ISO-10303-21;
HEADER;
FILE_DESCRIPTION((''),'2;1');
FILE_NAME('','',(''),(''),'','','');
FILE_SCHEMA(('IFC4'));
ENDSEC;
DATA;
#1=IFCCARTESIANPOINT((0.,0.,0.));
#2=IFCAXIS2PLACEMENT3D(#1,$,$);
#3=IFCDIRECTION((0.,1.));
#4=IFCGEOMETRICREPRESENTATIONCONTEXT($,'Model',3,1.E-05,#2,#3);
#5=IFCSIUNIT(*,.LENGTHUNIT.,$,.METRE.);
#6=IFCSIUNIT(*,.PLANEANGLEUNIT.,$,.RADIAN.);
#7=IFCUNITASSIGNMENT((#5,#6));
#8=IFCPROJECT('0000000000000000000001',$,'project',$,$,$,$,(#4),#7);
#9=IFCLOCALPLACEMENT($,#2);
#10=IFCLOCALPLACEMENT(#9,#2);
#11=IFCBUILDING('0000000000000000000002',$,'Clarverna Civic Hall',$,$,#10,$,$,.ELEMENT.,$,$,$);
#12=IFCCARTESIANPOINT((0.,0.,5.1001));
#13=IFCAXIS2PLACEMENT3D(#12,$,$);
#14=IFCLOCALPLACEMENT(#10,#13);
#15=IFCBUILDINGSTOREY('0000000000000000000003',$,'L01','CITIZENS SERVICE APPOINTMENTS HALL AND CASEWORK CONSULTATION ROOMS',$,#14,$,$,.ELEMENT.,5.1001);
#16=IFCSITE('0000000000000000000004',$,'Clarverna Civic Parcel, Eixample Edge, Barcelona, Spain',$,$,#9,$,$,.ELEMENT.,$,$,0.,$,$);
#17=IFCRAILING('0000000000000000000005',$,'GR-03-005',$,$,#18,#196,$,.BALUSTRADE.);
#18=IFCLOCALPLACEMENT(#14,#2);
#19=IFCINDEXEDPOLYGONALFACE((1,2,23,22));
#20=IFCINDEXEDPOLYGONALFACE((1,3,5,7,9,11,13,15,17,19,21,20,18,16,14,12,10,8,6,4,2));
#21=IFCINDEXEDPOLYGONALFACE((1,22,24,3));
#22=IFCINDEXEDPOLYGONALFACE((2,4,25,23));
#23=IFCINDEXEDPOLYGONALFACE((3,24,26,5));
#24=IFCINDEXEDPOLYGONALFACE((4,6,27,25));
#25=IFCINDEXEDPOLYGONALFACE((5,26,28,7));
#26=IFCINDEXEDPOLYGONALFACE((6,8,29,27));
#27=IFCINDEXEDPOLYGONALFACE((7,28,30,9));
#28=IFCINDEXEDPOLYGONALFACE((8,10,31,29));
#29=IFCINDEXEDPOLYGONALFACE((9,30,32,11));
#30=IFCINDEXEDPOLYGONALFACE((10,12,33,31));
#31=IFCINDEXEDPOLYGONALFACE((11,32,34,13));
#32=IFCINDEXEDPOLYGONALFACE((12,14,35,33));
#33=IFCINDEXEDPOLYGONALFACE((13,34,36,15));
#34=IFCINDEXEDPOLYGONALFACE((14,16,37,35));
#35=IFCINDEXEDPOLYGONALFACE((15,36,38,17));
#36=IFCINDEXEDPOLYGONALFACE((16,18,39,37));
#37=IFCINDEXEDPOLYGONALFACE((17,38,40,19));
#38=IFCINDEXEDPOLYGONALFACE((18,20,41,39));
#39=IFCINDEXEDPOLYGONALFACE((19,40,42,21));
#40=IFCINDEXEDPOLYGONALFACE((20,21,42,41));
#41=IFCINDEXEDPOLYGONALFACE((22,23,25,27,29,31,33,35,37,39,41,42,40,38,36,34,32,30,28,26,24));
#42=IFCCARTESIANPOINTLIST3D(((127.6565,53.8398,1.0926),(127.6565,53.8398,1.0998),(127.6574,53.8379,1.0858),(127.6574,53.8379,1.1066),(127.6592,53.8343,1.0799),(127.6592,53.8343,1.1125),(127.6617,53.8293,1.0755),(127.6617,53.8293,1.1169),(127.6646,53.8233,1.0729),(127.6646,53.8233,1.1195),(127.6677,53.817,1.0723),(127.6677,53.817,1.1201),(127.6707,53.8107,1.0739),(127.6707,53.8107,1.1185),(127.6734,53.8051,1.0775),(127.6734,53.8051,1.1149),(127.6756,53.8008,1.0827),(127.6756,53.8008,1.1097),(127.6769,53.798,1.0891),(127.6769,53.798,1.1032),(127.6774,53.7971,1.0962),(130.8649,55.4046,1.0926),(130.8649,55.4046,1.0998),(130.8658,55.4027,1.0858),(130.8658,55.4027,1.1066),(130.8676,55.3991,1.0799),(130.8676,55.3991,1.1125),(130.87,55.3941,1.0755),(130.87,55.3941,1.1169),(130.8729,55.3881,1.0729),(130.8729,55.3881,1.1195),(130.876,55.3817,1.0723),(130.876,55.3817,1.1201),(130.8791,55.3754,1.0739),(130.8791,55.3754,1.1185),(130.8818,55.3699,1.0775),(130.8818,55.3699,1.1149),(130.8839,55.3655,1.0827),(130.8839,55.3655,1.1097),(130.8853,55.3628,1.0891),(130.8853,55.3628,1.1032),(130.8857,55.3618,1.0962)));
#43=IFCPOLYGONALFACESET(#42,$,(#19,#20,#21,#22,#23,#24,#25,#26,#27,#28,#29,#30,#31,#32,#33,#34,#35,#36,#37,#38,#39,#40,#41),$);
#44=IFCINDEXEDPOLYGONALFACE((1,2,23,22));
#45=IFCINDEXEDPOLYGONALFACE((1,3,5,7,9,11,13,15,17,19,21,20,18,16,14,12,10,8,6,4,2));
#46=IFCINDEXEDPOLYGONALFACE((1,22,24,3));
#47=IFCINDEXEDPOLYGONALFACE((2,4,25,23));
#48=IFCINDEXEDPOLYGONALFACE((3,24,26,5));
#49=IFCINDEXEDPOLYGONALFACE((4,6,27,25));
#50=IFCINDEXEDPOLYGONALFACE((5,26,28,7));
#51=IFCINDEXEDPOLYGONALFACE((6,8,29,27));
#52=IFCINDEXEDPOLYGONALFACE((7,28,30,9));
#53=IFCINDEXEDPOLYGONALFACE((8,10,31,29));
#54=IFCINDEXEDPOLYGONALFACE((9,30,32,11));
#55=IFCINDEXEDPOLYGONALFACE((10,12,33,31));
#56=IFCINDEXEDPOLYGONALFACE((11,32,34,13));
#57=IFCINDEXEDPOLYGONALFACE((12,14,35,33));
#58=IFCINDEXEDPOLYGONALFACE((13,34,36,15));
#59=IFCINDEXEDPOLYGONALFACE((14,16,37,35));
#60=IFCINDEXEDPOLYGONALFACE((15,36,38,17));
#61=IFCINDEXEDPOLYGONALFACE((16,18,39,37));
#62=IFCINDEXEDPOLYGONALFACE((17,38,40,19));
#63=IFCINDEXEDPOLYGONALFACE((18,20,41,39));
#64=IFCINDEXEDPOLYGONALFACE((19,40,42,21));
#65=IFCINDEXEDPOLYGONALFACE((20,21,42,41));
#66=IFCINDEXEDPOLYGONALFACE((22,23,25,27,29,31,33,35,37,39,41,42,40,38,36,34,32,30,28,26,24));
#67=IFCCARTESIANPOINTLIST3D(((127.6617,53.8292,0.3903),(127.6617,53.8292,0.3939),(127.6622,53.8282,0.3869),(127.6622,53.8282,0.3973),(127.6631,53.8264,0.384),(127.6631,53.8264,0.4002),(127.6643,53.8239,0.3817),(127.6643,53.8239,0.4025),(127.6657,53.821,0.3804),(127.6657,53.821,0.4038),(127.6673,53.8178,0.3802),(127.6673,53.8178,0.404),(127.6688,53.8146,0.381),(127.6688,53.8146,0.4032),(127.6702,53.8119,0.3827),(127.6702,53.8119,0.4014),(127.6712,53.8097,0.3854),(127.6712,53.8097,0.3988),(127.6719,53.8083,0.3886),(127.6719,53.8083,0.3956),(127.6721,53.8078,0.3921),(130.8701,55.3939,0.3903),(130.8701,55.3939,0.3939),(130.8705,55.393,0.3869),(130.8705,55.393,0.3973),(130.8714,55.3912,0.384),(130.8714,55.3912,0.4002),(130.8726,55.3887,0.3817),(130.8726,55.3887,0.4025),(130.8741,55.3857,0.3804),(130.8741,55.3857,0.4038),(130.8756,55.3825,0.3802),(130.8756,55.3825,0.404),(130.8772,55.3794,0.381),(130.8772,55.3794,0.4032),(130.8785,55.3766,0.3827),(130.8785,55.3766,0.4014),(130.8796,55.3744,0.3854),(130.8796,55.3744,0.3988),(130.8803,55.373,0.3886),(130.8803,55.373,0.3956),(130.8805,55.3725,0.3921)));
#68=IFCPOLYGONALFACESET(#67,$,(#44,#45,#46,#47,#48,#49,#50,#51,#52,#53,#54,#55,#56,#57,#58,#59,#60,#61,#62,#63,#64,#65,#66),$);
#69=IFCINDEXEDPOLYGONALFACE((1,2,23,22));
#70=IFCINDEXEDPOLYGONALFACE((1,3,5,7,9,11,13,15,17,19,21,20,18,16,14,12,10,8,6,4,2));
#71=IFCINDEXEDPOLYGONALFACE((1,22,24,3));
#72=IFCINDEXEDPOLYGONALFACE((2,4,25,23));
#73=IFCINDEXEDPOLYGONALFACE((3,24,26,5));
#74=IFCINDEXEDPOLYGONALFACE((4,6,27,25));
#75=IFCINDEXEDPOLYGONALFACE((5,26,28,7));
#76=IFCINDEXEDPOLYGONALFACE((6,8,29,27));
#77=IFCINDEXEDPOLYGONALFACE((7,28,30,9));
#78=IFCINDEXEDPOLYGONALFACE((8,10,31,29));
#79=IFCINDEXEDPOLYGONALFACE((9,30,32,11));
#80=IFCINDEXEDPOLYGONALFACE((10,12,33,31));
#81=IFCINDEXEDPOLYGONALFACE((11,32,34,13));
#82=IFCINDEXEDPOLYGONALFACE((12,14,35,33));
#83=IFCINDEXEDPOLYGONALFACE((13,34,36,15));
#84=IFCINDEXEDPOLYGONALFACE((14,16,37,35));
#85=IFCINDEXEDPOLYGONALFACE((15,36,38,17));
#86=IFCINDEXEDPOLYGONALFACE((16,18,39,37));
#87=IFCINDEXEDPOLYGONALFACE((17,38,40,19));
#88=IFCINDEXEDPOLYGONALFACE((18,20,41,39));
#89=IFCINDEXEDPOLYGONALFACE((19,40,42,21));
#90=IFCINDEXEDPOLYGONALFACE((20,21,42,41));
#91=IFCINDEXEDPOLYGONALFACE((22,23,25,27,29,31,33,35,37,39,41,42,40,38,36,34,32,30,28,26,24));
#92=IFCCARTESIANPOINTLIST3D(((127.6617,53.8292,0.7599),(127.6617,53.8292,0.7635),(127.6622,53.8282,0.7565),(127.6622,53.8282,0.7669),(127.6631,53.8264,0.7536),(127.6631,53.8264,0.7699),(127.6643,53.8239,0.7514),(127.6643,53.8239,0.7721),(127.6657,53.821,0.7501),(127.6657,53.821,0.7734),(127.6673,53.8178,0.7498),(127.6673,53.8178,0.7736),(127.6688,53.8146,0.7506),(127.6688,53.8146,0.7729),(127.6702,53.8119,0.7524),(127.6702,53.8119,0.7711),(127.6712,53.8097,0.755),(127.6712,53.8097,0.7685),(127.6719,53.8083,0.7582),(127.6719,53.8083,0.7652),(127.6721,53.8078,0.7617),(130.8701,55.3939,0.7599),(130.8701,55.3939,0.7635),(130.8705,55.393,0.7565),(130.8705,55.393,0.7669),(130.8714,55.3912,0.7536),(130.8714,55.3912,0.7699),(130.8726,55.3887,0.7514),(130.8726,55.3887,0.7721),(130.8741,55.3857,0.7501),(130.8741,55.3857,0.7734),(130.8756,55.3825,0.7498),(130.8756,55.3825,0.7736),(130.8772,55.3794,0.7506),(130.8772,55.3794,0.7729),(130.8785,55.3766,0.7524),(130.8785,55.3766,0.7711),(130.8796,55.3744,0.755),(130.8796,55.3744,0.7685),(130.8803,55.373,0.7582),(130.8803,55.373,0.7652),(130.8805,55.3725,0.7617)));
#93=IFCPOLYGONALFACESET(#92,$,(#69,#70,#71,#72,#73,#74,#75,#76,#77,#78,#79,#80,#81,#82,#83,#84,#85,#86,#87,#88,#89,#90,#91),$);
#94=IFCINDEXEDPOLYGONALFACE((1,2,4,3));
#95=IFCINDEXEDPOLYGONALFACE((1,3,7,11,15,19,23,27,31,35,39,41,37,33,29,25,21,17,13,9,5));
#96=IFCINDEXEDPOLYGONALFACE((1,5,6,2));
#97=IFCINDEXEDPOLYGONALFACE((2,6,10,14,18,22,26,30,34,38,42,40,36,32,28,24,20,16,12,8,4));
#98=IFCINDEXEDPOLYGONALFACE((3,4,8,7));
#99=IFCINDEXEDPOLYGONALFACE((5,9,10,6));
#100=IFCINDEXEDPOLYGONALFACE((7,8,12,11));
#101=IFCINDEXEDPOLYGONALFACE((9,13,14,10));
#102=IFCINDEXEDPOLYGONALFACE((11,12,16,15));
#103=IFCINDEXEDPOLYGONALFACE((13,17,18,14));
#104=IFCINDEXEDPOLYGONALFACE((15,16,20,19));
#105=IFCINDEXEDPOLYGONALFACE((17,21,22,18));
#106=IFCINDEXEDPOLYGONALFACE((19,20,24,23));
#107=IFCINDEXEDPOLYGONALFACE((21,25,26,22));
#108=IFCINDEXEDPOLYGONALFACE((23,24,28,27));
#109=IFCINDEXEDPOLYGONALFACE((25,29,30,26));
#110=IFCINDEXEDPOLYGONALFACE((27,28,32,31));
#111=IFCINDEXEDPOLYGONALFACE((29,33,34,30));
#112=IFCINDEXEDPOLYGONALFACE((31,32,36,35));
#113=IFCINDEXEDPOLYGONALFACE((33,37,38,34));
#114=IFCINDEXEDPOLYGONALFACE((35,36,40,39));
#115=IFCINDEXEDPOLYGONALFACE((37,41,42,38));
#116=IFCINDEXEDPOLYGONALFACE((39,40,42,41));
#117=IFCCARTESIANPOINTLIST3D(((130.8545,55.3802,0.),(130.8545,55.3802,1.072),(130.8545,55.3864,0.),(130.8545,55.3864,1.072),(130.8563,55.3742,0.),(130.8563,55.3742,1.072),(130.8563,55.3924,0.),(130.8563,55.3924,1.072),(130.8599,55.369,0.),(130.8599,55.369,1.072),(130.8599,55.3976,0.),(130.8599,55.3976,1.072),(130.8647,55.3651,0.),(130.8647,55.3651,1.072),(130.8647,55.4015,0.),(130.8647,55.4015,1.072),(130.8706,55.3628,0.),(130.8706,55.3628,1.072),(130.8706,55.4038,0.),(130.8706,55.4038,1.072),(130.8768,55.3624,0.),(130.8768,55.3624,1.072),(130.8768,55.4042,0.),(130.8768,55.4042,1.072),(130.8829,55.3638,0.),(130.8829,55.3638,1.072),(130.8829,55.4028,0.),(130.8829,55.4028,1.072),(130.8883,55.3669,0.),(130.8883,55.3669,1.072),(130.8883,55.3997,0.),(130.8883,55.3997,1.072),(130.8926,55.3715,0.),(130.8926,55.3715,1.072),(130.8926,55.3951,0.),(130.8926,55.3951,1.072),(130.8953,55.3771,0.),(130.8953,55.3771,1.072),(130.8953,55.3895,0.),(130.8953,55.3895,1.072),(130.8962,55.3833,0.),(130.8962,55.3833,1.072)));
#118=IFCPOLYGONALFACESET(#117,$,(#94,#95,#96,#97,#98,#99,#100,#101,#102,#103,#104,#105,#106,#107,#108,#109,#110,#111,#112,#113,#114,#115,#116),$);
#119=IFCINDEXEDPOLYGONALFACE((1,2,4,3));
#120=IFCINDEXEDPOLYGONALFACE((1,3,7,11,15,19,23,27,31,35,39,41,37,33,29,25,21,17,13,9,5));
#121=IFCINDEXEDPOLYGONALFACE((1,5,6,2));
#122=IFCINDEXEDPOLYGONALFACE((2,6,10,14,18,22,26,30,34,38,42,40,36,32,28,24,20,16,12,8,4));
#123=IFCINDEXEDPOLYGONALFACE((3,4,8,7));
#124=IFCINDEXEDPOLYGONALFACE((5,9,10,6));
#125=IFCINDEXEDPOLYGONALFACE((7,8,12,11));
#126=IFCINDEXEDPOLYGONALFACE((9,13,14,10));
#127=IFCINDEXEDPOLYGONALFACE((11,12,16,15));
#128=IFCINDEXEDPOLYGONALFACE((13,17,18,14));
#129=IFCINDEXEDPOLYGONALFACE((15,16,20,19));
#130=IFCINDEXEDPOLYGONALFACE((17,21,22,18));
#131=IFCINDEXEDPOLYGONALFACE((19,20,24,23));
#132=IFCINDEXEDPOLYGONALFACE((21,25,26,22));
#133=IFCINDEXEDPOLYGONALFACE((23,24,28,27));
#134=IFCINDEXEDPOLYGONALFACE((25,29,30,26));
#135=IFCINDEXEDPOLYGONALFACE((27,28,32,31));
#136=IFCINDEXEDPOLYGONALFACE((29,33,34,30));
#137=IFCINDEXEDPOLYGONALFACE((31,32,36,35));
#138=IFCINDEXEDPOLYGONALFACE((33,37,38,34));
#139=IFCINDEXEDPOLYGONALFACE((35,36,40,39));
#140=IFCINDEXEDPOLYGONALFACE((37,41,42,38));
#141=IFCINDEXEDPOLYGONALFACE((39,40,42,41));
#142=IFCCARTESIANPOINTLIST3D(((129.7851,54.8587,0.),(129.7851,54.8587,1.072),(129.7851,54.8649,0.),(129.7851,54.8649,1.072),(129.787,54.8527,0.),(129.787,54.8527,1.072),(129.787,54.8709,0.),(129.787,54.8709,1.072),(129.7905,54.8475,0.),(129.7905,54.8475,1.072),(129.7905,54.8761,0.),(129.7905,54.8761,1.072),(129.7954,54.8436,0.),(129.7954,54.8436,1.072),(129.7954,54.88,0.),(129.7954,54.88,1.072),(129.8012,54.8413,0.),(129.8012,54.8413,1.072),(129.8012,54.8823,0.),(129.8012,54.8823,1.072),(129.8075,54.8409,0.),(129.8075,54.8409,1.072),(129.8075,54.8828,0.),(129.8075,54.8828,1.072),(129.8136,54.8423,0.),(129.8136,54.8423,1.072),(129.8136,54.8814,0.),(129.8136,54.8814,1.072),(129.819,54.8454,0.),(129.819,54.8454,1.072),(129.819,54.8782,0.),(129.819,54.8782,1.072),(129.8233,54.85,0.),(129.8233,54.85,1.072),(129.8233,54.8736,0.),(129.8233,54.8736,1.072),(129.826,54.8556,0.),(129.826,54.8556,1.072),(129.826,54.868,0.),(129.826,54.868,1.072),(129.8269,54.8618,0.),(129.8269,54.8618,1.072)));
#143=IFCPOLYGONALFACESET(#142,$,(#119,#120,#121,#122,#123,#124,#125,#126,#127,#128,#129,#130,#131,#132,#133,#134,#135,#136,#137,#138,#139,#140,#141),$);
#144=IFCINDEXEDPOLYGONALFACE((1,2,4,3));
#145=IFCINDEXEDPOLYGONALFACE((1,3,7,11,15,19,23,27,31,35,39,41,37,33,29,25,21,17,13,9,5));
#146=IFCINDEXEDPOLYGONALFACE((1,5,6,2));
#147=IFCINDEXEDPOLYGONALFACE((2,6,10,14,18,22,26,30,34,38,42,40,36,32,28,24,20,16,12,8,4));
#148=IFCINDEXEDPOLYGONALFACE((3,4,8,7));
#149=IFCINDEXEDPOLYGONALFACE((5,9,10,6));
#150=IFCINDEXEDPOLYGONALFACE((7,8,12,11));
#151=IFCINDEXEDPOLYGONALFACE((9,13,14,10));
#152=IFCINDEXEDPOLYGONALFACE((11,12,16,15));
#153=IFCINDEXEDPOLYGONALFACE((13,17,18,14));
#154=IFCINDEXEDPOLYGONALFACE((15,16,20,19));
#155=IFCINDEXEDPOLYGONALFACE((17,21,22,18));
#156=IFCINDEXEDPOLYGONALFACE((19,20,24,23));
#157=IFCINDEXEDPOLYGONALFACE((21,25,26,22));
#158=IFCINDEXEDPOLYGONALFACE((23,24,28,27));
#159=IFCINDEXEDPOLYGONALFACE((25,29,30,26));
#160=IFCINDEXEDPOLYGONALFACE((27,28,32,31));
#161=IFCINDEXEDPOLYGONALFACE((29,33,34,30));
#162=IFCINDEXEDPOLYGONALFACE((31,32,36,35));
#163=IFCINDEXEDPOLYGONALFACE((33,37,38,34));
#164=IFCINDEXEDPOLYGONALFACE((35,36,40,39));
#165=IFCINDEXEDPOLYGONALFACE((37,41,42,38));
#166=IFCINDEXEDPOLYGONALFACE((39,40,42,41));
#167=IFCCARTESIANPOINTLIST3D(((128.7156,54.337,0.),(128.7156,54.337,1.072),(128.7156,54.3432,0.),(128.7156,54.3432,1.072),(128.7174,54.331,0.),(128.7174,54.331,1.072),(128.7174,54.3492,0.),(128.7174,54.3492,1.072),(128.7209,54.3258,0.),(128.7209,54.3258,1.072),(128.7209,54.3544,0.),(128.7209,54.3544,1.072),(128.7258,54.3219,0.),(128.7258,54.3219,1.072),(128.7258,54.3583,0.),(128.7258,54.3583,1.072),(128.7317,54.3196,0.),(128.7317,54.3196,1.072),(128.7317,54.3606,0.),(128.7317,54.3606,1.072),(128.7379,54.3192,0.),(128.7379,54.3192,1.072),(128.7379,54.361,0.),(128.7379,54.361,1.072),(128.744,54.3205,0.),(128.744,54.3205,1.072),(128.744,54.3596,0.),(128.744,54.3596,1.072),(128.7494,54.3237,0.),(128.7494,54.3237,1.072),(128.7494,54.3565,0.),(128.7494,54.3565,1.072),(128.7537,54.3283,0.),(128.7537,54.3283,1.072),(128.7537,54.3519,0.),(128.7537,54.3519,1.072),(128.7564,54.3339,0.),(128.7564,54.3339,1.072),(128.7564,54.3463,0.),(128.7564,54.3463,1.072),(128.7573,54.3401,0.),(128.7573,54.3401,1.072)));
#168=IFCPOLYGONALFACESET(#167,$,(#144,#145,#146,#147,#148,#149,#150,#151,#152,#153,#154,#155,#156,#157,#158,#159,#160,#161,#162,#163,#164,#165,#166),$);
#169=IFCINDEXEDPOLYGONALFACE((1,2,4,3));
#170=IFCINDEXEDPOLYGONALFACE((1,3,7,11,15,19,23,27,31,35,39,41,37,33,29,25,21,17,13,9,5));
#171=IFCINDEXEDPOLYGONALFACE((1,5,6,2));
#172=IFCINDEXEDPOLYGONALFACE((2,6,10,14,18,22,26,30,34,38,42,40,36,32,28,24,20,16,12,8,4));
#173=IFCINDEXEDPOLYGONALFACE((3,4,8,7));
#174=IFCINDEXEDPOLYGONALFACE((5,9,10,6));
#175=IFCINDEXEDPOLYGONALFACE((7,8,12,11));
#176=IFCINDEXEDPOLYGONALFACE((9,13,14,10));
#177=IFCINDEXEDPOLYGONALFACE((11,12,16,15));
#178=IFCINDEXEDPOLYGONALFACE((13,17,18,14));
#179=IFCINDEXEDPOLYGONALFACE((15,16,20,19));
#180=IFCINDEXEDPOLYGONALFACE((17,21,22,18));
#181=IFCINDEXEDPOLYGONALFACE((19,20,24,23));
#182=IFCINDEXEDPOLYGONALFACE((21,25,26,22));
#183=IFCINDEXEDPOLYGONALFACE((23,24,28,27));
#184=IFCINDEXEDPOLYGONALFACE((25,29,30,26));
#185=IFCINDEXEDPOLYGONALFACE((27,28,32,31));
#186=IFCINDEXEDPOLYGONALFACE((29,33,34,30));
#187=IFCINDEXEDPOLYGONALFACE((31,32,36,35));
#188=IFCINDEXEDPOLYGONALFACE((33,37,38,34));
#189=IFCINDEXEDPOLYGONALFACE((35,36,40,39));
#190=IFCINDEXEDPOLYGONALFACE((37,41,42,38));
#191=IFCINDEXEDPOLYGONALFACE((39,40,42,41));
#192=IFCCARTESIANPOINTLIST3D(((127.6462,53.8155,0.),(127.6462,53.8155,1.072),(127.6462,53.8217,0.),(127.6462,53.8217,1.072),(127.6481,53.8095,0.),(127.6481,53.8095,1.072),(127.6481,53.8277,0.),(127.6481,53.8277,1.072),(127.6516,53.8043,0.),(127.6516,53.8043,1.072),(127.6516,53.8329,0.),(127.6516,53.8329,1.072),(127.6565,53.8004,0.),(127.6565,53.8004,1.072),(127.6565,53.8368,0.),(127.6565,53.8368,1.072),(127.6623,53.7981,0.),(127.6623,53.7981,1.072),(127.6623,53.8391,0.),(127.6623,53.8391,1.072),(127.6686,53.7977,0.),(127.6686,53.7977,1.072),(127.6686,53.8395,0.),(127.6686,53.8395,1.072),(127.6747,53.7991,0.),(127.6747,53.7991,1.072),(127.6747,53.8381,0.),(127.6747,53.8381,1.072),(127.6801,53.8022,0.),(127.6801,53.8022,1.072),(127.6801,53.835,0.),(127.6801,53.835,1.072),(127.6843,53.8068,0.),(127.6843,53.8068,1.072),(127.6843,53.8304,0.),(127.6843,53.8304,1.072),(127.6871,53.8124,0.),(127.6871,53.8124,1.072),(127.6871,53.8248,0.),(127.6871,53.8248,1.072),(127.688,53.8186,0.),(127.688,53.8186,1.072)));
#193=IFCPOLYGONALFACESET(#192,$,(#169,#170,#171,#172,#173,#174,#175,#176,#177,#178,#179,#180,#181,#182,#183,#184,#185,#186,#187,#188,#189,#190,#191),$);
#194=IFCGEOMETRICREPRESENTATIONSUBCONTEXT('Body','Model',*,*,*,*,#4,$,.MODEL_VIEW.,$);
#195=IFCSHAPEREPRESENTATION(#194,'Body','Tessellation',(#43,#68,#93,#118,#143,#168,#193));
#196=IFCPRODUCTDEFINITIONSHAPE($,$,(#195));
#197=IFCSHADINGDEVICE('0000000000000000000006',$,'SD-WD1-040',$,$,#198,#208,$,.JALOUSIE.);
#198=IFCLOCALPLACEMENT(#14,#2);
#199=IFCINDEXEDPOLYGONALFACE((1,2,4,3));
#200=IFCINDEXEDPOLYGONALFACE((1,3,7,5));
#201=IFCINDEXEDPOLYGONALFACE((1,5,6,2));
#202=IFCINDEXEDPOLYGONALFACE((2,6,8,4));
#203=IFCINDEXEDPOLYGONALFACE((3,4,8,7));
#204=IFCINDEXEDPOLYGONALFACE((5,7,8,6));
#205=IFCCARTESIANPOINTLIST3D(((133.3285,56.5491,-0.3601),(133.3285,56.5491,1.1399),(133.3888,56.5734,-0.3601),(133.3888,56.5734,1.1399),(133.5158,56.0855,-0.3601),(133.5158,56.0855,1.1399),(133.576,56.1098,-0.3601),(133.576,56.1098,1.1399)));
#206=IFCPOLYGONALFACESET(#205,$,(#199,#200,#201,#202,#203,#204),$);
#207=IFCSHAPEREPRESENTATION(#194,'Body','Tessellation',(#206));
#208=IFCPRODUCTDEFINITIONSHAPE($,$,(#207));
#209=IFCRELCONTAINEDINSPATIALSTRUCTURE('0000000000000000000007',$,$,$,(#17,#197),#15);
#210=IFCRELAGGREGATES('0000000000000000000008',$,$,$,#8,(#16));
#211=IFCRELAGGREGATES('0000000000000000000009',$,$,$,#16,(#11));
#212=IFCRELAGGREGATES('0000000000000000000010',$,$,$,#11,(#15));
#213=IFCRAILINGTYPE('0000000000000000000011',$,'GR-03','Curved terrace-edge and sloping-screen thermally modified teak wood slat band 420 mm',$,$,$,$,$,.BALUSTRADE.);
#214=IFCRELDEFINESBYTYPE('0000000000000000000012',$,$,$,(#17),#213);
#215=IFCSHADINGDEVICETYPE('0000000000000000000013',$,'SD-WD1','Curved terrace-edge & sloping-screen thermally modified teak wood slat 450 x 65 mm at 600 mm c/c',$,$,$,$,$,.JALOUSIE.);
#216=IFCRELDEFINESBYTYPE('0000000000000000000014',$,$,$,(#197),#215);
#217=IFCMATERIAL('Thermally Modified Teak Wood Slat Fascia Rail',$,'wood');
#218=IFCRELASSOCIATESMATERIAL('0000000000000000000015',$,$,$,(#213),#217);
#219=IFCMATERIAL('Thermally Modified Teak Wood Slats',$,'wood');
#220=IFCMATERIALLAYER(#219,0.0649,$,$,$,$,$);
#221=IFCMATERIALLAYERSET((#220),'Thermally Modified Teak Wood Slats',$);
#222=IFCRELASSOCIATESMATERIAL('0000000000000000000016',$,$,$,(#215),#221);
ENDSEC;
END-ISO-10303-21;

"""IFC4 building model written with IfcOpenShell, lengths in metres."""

from ifc_helpers import new_model, si_unit, direction, frame, frame_2d, origin, origin_2d, place, context, subcontext, project, spatial, rectangle, circle, extrude, material, layer, layer_set, type_object, element, save


model = new_model("IFC4")

# Units and contexts
model_context = context("Model", 3, precision=1e-05, world=origin(), true_north=direction((0.0, 1.0)))
body_context = subcontext(model_context, "Body", "Model", "MODEL_VIEW")
ifc_project = project(units=[si_unit("LENGTHUNIT", "METRE"), si_unit("PLANEANGLEUNIT", "RADIAN")], contexts=[model_context])

# Site, building, storey
site_placement = place(None, origin())
site = spatial("IfcSite", under=ifc_project, at=site_placement, Name="Clarverna Civic Parcel, Eixample Edge, Barcelona, Spain", CompositionType="ELEMENT", RefElevation=0.0)
building_placement = place(site_placement, origin())
building = spatial("IfcBuilding", under=site, at=building_placement, Name="Clarverna Civic Hall", CompositionType="ELEMENT")
storey_placement = place(building_placement, frame((0.0, 0.0, 5.1001)))
storey = spatial("IfcBuildingStorey", under=building, at=storey_placement, Name="L01", Description="CITIZENS SERVICE APPOINTMENTS HALL AND CASEWORK CONSULTATION ROOMS", CompositionType="ELEMENT", Elevation=5.1001)

# Railing
ifc_material_1 = material(Name="Thermally Modified Teak Wood Slat Fascia Rail", Category="wood")
railing_type_1 = type_object("IfcRailingType", Name="GR-03", Description="Curved terrace-edge and sloping-screen thermally modified teak wood slat band 420 mm", PredefinedType="BALUSTRADE", material=ifc_material_1)
railing_1_placement = place(storey_placement, frame((130.8752, 55.3833, 0.0)))
element("IfcRailing", 1, at=railing_1_placement, inside=storey, type_object=railing_type_1, Name="GR-03-005", PredefinedType="BALUSTRADE", context=body_context, shape_type="SweptSolid", body=[
    extrude(circle(Radius=0.0239, at=origin_2d()), frame((0.0, 0.0, 1.0962), z_axis=(-0.898802, -0.438355, 0.0), x_axis=(0.438355, -0.898802, 0.0)), (0.0, 0.0, 1.0), 3.5696),
    extrude(circle(Radius=0.012, at=origin_2d()), frame((0.0, 0.0, 0.3921), z_axis=(-0.898802, -0.438355, 0.0), x_axis=(0.438355, -0.898802, 0.0)), (0.0, 0.0, 1.0), 3.5696),
    extrude(circle(Radius=0.012, at=origin_2d()), frame((0.0, 0.0, 0.7617), z_axis=(-0.898802, -0.438355, 0.0), x_axis=(0.438355, -0.898802, 0.0)), (0.0, 0.0, 1.0), 3.5696),
    extrude(circle(Radius=0.021, at=origin_2d()), origin(), (0.0, 0.0, 1.0), 1.072),
    extrude(circle(Radius=0.021, at=origin_2d()), frame((-1.0693, -0.5215, 0.0)), (0.0, 0.0, 1.0), 1.072),
    extrude(circle(Radius=0.021, at=origin_2d()), frame((-2.1389, -1.0432, 0.0)), (0.0, 0.0, 1.0), 1.072),
    extrude(circle(Radius=0.021, at=origin_2d()), frame((-3.2083, -1.5647, 0.0)), (0.0, 0.0, 1.0), 1.072),
])

# Shading device
ifc_material_2 = material(Name="Thermally Modified Teak Wood Slats", Category="wood")
ifc_layer_1 = layer(ifc_material_2, 0.0649)
ifc_layer_set_1 = layer_set([ifc_layer_1], Name="Thermally Modified Teak Wood Slats")
shading_device_type = type_object("IfcShadingDeviceType", Name="SD-WD1", Description="Curved terrace-edge & sloping-screen thermally modified teak wood slat 450 x 65 mm at 600 mm c/c", PredefinedType="JALOUSIE", material=ifc_layer_set_1)
for number, where, z_axis, x_axis, name in (
    (2, (133.3586, 56.5613, -0.3601), (0.0, 0.0, 1.0), (0.374503, -0.927226, 0.0), "SD-WD1-040"),
):
    element("IfcShadingDevice", number, at=place(storey_placement, frame(where, z_axis=z_axis, x_axis=x_axis)), inside=storey, type_object=shading_device_type, Name=name, PredefinedType="JALOUSIE", context=body_context, shape_type="SweptSolid", body=[
        extrude(rectangle(XDim=0.5, YDim=0.0649, at=frame_2d((0.25, 0.0))), origin(), (0.0, 0.0, 1.0), 1.5),
    ])

save(model, "model.ifc")
